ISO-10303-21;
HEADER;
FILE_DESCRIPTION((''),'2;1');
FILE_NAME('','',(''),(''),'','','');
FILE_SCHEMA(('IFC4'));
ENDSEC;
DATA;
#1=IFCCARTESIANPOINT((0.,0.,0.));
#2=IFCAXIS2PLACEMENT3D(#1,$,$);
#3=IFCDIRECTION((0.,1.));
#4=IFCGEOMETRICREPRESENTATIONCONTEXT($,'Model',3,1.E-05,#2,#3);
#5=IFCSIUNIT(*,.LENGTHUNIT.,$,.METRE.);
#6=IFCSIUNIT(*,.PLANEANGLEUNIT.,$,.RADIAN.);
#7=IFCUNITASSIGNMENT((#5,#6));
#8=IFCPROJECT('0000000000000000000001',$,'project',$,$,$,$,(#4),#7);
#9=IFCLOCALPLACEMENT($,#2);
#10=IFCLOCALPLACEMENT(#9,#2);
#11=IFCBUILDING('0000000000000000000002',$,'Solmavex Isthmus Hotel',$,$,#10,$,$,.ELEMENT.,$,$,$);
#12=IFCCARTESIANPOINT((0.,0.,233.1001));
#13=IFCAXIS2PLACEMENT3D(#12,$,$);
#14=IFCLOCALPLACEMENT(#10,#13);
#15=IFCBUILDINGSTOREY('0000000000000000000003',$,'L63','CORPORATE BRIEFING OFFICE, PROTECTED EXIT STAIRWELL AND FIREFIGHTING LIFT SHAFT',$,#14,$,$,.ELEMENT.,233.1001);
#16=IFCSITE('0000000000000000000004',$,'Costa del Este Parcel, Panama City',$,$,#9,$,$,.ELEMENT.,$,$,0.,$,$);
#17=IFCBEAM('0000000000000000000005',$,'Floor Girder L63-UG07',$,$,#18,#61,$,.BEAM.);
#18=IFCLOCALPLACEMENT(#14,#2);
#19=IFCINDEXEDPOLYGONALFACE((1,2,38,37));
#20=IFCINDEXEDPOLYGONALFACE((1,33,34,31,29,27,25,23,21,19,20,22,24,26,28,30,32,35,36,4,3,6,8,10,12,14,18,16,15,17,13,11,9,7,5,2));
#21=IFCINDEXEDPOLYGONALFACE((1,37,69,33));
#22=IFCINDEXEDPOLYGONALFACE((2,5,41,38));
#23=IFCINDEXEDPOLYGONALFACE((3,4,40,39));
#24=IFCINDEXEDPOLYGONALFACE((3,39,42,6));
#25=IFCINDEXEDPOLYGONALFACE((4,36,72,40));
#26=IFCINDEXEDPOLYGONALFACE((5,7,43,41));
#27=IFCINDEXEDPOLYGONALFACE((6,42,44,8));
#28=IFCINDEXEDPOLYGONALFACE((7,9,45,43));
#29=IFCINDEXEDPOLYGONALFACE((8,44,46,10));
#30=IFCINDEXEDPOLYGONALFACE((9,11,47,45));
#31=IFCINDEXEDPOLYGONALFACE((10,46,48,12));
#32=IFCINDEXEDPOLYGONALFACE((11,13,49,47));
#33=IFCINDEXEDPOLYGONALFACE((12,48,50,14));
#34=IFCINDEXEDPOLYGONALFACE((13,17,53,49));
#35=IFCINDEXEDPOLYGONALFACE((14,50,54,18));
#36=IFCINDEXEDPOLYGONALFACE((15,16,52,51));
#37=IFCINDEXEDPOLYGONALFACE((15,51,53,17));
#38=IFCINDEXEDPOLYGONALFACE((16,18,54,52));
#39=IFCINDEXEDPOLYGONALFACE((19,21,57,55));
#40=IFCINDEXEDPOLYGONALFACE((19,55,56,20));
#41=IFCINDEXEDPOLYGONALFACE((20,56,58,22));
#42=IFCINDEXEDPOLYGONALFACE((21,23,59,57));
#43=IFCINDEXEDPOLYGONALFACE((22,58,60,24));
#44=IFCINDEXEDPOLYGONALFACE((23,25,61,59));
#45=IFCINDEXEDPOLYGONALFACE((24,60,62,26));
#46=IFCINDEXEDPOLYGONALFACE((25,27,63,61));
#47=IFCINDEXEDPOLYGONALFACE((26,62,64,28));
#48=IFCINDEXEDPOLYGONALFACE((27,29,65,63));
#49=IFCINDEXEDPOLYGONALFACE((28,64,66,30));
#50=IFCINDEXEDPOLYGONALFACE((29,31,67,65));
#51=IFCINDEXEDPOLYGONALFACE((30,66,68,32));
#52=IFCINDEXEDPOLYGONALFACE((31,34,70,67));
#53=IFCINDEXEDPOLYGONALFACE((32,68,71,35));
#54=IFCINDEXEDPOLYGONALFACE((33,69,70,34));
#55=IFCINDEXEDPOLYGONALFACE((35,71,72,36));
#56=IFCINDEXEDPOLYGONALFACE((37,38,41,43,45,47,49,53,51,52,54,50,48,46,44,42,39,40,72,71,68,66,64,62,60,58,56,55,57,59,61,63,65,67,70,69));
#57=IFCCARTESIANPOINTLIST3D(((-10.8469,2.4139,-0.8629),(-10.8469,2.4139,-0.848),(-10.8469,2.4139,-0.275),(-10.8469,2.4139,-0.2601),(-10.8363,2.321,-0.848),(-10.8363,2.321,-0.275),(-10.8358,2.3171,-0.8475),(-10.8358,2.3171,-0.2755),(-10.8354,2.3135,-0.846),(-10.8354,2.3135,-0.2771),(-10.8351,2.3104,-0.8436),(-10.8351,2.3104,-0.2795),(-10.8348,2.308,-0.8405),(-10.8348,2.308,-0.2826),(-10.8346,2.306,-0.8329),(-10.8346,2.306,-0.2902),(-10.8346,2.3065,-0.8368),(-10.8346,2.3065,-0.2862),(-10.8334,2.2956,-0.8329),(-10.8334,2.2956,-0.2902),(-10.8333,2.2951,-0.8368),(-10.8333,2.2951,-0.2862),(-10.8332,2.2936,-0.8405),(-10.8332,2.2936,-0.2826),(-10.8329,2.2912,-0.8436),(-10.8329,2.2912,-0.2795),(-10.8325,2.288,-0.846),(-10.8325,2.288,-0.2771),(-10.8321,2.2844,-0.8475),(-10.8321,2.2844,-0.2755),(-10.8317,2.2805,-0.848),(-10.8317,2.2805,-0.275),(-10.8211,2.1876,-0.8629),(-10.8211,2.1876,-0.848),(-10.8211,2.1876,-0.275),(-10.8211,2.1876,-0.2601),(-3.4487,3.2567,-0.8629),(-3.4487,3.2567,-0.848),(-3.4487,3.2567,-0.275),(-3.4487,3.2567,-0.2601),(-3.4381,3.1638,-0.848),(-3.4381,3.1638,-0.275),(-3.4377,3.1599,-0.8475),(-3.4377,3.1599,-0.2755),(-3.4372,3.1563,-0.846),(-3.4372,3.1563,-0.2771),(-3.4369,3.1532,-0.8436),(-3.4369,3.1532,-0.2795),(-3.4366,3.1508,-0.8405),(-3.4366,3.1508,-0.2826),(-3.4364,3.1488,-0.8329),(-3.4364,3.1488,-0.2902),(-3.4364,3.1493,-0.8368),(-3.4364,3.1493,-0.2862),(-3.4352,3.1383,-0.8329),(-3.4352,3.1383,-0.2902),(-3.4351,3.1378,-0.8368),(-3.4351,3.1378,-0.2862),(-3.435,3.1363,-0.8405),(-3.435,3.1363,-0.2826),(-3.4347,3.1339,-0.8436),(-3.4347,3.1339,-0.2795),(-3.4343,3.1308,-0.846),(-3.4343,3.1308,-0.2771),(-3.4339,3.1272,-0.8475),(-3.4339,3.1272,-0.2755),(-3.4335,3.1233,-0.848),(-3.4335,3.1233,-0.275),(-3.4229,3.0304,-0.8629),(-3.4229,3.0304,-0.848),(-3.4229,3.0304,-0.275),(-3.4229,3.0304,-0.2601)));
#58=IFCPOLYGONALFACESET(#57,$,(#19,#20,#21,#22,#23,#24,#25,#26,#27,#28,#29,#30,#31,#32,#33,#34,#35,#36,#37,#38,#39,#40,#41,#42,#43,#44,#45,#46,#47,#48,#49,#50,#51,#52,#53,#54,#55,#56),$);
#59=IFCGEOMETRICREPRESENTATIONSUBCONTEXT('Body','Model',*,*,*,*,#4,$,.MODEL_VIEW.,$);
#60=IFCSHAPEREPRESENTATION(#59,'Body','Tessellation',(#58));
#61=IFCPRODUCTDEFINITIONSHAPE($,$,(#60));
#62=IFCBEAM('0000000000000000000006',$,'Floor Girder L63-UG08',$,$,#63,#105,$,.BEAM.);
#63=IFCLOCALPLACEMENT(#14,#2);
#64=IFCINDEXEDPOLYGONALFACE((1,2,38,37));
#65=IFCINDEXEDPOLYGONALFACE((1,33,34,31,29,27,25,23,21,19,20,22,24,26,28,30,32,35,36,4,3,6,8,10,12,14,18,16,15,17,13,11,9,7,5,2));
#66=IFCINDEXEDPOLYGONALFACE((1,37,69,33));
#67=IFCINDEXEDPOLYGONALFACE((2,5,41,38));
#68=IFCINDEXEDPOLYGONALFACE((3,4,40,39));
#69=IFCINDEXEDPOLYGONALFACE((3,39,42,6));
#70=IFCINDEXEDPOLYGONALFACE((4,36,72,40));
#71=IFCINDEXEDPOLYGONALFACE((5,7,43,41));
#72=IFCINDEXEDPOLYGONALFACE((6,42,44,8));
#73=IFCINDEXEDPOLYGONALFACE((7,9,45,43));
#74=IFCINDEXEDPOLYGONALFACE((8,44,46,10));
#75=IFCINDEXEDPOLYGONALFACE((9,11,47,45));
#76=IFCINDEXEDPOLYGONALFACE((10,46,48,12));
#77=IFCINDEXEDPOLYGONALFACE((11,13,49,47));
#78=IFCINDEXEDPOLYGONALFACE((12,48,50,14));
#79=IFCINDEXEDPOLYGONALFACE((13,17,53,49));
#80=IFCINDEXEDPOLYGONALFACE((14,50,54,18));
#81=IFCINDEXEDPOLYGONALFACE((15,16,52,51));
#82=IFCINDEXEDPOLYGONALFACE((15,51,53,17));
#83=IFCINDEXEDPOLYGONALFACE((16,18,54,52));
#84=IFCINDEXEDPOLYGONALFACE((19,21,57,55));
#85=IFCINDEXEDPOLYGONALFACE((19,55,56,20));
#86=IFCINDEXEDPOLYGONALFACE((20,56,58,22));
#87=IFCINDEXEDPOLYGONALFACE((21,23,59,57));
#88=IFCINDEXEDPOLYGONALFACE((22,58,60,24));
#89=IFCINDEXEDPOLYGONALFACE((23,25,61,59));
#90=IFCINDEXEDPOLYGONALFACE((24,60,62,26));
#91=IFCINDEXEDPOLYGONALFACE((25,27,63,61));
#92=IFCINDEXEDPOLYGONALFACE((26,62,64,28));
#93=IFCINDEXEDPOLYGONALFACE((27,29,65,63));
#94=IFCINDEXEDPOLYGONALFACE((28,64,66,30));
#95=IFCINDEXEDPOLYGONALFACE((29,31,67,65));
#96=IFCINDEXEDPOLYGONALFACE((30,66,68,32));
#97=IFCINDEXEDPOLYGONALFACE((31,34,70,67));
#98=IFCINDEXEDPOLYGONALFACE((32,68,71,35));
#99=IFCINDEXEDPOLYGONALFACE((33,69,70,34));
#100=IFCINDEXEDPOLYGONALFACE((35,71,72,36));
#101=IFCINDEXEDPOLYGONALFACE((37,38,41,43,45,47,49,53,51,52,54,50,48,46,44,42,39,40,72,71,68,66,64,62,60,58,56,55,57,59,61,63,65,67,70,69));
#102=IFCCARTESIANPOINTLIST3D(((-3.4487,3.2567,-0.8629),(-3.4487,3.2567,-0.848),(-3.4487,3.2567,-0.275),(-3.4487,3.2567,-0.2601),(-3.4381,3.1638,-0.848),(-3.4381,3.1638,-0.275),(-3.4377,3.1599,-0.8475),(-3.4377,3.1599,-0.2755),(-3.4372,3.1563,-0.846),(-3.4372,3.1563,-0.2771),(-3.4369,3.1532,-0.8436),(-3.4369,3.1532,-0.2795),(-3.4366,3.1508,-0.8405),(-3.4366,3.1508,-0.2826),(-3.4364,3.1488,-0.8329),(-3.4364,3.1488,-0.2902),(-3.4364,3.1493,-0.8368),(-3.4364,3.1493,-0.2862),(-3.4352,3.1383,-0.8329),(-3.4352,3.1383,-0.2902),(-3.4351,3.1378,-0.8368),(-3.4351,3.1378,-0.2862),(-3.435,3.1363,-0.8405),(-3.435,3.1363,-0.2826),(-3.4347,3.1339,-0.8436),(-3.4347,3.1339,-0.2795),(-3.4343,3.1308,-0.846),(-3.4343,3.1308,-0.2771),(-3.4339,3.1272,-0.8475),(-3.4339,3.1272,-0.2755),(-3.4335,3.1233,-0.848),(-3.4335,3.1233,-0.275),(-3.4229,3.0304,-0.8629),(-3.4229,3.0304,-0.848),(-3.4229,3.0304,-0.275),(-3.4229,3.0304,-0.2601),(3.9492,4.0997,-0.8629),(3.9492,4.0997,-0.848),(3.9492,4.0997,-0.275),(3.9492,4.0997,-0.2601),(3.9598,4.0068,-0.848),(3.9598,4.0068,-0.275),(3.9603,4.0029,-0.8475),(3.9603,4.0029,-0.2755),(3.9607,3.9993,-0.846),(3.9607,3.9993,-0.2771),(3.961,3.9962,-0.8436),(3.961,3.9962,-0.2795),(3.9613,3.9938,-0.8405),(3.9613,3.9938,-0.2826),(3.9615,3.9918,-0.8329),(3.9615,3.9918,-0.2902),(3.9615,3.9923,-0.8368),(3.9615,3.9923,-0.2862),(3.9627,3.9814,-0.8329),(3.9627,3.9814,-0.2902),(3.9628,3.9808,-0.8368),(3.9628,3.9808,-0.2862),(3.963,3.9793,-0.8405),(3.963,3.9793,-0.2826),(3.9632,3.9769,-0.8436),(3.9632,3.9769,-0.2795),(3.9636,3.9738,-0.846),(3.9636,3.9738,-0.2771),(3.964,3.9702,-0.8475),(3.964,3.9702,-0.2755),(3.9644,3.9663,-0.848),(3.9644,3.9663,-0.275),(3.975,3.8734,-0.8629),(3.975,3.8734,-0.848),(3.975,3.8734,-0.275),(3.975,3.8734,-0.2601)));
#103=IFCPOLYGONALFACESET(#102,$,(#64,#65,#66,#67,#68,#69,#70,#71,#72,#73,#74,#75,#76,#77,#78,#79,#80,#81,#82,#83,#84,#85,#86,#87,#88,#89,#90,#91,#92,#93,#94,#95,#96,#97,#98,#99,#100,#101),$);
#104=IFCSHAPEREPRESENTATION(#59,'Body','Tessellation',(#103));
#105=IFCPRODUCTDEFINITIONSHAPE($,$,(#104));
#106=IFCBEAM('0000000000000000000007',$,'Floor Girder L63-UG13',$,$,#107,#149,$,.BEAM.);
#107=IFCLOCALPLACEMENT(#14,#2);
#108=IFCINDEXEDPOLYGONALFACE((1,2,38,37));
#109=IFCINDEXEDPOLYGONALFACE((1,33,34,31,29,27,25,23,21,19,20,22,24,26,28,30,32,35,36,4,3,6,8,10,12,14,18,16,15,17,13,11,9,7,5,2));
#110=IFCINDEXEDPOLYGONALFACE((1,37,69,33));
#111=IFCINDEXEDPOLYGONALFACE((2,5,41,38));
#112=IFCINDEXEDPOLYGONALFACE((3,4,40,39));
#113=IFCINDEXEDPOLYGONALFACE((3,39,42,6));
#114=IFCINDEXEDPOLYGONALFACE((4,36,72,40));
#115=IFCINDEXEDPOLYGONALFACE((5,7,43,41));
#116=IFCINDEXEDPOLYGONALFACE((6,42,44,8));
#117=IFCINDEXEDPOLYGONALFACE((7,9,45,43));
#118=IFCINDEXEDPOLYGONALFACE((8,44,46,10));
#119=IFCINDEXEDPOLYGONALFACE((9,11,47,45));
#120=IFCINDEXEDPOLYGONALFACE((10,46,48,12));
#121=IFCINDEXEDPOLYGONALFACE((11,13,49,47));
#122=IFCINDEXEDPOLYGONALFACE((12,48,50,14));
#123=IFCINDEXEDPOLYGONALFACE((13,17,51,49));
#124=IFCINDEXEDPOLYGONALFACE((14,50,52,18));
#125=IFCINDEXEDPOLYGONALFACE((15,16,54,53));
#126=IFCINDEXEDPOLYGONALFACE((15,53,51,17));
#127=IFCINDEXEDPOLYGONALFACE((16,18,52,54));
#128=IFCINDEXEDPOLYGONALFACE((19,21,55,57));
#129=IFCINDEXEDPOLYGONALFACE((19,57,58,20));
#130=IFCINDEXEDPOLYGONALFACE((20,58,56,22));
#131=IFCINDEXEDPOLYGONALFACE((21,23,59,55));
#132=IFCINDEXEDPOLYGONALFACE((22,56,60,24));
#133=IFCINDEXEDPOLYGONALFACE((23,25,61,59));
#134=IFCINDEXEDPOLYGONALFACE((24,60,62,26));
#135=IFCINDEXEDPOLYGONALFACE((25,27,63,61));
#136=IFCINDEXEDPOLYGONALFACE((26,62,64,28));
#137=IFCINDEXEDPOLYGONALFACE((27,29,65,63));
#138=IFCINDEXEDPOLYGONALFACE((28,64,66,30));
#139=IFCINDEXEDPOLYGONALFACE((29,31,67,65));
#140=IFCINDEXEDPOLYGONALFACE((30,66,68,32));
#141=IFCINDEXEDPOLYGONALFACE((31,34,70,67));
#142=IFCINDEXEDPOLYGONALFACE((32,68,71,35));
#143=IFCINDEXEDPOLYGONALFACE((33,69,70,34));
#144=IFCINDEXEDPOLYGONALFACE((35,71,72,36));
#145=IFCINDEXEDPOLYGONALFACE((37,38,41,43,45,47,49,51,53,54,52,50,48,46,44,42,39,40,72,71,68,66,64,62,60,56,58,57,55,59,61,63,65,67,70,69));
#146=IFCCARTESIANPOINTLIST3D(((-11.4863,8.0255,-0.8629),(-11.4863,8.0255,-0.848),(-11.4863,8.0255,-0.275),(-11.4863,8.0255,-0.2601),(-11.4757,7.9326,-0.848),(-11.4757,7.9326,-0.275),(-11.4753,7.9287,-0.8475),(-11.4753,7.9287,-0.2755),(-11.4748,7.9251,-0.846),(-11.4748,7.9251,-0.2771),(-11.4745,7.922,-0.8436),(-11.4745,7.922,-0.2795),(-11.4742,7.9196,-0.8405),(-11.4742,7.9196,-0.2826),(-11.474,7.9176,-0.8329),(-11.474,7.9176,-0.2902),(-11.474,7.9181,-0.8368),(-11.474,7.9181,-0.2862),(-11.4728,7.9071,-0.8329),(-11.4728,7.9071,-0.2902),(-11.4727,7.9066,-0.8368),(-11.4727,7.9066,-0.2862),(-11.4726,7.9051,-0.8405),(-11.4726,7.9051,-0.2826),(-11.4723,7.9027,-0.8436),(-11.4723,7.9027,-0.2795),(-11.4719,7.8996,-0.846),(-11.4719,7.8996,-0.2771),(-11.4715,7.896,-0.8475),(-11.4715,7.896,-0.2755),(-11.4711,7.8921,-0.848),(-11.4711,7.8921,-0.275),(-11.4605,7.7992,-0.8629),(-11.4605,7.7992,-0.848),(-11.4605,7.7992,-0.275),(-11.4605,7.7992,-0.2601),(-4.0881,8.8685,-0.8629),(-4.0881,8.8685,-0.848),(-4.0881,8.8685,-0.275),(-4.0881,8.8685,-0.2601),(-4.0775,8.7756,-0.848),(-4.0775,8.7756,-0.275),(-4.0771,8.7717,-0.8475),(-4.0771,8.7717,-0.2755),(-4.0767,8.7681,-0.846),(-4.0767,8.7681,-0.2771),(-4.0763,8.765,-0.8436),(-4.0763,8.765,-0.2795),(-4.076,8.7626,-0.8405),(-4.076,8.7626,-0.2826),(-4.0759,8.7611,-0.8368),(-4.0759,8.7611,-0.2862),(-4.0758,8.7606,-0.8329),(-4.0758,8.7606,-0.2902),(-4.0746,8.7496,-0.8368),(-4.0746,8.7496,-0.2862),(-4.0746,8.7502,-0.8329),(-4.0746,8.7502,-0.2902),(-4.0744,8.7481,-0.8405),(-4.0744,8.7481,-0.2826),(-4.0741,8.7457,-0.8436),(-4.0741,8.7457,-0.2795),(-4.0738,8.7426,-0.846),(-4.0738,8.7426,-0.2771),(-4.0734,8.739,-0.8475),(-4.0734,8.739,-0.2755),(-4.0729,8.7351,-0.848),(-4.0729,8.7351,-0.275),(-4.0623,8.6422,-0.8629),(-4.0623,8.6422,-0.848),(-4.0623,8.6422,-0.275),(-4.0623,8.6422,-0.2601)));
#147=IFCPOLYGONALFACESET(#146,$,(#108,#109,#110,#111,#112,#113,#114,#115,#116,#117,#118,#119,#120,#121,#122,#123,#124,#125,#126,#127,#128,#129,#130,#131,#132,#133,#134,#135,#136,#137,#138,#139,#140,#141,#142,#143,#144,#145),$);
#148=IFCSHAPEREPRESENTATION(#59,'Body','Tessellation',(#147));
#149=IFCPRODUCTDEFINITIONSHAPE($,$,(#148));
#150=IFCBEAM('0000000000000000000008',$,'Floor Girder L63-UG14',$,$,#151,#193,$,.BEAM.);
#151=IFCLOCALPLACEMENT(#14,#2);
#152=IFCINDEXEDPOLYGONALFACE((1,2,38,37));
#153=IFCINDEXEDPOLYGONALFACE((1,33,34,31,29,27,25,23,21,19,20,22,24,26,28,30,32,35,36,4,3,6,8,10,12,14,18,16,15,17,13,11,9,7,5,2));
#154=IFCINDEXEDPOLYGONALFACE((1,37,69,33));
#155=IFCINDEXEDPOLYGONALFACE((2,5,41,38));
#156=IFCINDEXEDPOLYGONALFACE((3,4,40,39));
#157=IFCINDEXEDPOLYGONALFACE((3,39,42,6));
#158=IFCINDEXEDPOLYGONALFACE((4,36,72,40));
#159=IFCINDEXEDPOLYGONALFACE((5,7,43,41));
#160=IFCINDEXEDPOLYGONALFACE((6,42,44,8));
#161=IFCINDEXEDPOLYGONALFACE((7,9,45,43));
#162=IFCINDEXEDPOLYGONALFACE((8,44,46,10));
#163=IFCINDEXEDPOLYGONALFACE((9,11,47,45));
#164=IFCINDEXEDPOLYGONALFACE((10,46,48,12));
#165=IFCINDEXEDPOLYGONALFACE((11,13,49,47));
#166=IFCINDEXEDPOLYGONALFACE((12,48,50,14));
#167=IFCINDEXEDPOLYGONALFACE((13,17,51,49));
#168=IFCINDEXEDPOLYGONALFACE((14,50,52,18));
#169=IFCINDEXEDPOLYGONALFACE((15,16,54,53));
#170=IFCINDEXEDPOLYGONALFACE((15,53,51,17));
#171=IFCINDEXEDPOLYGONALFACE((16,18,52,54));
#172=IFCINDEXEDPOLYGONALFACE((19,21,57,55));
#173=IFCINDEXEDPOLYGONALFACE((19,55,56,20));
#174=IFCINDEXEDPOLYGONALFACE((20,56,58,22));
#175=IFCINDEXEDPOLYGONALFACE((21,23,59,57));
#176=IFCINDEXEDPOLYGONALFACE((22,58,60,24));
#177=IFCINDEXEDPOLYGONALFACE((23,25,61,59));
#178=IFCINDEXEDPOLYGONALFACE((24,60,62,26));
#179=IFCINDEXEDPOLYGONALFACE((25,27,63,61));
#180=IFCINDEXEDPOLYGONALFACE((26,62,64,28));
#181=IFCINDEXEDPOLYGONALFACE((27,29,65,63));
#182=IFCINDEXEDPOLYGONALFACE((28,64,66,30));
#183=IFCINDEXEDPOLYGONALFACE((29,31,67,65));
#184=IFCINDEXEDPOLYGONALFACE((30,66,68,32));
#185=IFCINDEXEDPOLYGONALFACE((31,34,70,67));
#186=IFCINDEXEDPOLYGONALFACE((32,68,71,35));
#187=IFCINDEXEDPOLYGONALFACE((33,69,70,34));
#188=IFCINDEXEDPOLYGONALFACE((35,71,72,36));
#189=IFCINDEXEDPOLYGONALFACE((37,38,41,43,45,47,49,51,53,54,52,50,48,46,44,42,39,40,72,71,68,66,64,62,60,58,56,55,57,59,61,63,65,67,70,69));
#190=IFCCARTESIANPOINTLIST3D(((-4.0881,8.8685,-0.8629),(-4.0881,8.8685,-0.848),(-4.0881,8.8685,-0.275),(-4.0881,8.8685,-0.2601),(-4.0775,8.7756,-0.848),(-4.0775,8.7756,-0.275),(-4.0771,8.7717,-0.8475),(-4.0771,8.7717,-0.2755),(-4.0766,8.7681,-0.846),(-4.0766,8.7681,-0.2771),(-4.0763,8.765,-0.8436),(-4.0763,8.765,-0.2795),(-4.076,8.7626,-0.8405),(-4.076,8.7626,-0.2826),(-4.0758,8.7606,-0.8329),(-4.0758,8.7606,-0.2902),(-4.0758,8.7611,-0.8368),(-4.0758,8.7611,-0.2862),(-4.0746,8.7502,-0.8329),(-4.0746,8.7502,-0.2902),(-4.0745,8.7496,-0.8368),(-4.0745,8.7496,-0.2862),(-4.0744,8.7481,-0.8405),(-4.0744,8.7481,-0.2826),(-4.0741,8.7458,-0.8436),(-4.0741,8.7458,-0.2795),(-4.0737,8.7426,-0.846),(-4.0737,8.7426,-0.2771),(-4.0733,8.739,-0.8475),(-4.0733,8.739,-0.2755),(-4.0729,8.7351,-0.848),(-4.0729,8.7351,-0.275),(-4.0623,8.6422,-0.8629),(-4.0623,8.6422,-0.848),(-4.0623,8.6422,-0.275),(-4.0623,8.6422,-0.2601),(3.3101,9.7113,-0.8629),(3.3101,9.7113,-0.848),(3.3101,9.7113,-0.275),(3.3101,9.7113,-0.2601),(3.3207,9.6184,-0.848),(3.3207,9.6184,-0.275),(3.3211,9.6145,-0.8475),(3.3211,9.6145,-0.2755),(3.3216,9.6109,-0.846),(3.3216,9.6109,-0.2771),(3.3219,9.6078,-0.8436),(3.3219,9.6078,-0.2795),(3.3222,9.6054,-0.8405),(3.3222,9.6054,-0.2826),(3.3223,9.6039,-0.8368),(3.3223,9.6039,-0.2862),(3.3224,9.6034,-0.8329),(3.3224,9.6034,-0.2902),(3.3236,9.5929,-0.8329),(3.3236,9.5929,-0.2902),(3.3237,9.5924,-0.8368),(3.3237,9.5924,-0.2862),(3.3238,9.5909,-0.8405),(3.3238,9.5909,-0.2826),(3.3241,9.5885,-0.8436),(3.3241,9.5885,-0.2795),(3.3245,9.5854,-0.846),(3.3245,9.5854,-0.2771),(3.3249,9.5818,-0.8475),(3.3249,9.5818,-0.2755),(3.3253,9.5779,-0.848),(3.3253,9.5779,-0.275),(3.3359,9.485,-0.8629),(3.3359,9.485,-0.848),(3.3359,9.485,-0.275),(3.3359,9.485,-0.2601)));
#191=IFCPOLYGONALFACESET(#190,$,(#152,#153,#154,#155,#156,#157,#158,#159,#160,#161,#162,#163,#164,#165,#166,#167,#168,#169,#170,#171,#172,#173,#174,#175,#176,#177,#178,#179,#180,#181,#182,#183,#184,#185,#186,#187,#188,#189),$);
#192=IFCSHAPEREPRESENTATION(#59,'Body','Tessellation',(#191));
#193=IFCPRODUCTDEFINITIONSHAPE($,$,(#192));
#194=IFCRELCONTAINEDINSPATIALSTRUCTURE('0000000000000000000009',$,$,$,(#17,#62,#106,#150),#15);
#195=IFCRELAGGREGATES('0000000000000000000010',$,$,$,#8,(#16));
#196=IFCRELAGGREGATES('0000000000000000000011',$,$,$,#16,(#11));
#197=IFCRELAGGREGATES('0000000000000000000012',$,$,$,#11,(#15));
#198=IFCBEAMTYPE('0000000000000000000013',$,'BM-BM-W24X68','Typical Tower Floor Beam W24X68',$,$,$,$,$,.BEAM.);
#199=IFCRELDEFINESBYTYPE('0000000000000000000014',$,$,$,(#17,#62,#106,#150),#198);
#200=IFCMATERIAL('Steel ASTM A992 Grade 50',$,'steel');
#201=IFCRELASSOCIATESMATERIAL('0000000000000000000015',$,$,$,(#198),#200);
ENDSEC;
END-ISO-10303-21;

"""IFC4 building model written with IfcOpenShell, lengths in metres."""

from ifc_helpers import new_model, si_unit, direction, frame, origin, origin_2d, place, context, subcontext, project, spatial, i_section, extrude, material, material_profile, profile_set, type_object, element, save


model = new_model("IFC4")

# Units and contexts
model_context = context("Model", 3, precision=1e-05, world=origin(), true_north=direction((0.0, 1.0)))
body_context = subcontext(model_context, "Body", "Model", "MODEL_VIEW")
ifc_project = project(units=[si_unit("LENGTHUNIT", "METRE"), si_unit("PLANEANGLEUNIT", "RADIAN")], contexts=[model_context])

# Site, building, storey
site_placement = place(None, origin())
site = spatial("IfcSite", under=ifc_project, at=site_placement, Name="Costa del Este Parcel, Panama City", CompositionType="ELEMENT", RefElevation=0.0)
building_placement = place(site_placement, origin())
building = spatial("IfcBuilding", under=site, at=building_placement, Name="Solmavex Isthmus Hotel", CompositionType="ELEMENT")
storey_placement = place(building_placement, frame((0.0, 0.0, 233.1001)))
storey = spatial("IfcBuildingStorey", under=building, at=storey_placement, Name="L63", Description="CORPORATE BRIEFING OFFICE, PROTECTED EXIT STAIRWELL AND FIREFIGHTING LIFT SHAFT", CompositionType="ELEMENT", Elevation=233.1001)

# Beams
ifc_material_1 = material(Name="Steel ASTM A992 Grade 50", Category="steel")
ifc_material_profile_1 = material_profile(ifc_material_1, i_section(OverallWidth=0.2278, OverallDepth=0.6028, WebThickness=0.0105, FlangeThickness=0.0149, FilletRadius=0.0151, at=origin_2d()), Name="W24X68")
ifc_profile_set_1 = profile_set([ifc_material_profile_1], Name="Steel ASTM A992 Grade 50")
beam_type_1 = type_object("IfcBeamType", Name="BM-BM-W24X68", Description="Typical Tower Floor Beam W24X68", PredefinedType="BEAM", material=ifc_profile_set_1)
beam_1_placement = place(storey_placement, frame((-10.834, 2.3008, -0.5615), z_axis=(0.993574, 0.113184, 0.0), x_axis=(-0.113184, 0.993574, 0.0)))
element("IfcBeam", 1, at=beam_1_placement, inside=storey, type_object=beam_type_1, Name="Floor Girder L63-UG07", PredefinedType="BEAM", context=body_context, shape_type="SweptSolid", body=[
    extrude(i_section(OverallWidth=0.2278, OverallDepth=0.6028, WebThickness=0.0105, FlangeThickness=0.0149, FilletRadius=0.0151, at=origin_2d()), origin(), (0.0, 0.0, 1.0), 7.446),
])
beam_2_placement = place(storey_placement, frame((-3.4358, 3.1436, -0.5615), z_axis=(0.99357, 0.11322, 0.0), x_axis=(-0.11322, 0.99357, 0.0)))
element("IfcBeam", 2, at=beam_2_placement, inside=storey, type_object=beam_type_1, Name="Floor Girder L63-UG08", PredefinedType="BEAM", context=body_context, shape_type="SweptSolid", body=[
    extrude(i_section(OverallWidth=0.2278, OverallDepth=0.6028, WebThickness=0.0105, FlangeThickness=0.0149, FilletRadius=0.0151, at=origin_2d()), origin(), (0.0, 0.0, 1.0), 7.4458),
])
for number, where, z_axis, x_axis, name in (
    (3, (-11.4734, 7.9124, -0.5615), (0.99357, 0.113216, 0.0), (-0.113216, 0.99357, 0.0), "Floor Girder L63-UG13"),
    (4, (-4.0752, 8.7554, -0.5615), (0.993574, 0.113184, 0.0), (-0.113184, 0.993574, 0.0), "Floor Girder L63-UG14"),
):
    element("IfcBeam", number, at=place(storey_placement, frame(where, z_axis=z_axis, x_axis=x_axis)), inside=storey, type_object=beam_type_1, Name=name, PredefinedType="BEAM", context=body_context, shape_type="SweptSolid", body=[
        extrude(i_section(OverallWidth=0.2278, OverallDepth=0.6028, WebThickness=0.0105, FlangeThickness=0.0149, FilletRadius=0.0151, at=origin_2d()), origin(), (0.0, 0.0, 1.0), 7.446),
    ])

save(model, "model.ifc")
